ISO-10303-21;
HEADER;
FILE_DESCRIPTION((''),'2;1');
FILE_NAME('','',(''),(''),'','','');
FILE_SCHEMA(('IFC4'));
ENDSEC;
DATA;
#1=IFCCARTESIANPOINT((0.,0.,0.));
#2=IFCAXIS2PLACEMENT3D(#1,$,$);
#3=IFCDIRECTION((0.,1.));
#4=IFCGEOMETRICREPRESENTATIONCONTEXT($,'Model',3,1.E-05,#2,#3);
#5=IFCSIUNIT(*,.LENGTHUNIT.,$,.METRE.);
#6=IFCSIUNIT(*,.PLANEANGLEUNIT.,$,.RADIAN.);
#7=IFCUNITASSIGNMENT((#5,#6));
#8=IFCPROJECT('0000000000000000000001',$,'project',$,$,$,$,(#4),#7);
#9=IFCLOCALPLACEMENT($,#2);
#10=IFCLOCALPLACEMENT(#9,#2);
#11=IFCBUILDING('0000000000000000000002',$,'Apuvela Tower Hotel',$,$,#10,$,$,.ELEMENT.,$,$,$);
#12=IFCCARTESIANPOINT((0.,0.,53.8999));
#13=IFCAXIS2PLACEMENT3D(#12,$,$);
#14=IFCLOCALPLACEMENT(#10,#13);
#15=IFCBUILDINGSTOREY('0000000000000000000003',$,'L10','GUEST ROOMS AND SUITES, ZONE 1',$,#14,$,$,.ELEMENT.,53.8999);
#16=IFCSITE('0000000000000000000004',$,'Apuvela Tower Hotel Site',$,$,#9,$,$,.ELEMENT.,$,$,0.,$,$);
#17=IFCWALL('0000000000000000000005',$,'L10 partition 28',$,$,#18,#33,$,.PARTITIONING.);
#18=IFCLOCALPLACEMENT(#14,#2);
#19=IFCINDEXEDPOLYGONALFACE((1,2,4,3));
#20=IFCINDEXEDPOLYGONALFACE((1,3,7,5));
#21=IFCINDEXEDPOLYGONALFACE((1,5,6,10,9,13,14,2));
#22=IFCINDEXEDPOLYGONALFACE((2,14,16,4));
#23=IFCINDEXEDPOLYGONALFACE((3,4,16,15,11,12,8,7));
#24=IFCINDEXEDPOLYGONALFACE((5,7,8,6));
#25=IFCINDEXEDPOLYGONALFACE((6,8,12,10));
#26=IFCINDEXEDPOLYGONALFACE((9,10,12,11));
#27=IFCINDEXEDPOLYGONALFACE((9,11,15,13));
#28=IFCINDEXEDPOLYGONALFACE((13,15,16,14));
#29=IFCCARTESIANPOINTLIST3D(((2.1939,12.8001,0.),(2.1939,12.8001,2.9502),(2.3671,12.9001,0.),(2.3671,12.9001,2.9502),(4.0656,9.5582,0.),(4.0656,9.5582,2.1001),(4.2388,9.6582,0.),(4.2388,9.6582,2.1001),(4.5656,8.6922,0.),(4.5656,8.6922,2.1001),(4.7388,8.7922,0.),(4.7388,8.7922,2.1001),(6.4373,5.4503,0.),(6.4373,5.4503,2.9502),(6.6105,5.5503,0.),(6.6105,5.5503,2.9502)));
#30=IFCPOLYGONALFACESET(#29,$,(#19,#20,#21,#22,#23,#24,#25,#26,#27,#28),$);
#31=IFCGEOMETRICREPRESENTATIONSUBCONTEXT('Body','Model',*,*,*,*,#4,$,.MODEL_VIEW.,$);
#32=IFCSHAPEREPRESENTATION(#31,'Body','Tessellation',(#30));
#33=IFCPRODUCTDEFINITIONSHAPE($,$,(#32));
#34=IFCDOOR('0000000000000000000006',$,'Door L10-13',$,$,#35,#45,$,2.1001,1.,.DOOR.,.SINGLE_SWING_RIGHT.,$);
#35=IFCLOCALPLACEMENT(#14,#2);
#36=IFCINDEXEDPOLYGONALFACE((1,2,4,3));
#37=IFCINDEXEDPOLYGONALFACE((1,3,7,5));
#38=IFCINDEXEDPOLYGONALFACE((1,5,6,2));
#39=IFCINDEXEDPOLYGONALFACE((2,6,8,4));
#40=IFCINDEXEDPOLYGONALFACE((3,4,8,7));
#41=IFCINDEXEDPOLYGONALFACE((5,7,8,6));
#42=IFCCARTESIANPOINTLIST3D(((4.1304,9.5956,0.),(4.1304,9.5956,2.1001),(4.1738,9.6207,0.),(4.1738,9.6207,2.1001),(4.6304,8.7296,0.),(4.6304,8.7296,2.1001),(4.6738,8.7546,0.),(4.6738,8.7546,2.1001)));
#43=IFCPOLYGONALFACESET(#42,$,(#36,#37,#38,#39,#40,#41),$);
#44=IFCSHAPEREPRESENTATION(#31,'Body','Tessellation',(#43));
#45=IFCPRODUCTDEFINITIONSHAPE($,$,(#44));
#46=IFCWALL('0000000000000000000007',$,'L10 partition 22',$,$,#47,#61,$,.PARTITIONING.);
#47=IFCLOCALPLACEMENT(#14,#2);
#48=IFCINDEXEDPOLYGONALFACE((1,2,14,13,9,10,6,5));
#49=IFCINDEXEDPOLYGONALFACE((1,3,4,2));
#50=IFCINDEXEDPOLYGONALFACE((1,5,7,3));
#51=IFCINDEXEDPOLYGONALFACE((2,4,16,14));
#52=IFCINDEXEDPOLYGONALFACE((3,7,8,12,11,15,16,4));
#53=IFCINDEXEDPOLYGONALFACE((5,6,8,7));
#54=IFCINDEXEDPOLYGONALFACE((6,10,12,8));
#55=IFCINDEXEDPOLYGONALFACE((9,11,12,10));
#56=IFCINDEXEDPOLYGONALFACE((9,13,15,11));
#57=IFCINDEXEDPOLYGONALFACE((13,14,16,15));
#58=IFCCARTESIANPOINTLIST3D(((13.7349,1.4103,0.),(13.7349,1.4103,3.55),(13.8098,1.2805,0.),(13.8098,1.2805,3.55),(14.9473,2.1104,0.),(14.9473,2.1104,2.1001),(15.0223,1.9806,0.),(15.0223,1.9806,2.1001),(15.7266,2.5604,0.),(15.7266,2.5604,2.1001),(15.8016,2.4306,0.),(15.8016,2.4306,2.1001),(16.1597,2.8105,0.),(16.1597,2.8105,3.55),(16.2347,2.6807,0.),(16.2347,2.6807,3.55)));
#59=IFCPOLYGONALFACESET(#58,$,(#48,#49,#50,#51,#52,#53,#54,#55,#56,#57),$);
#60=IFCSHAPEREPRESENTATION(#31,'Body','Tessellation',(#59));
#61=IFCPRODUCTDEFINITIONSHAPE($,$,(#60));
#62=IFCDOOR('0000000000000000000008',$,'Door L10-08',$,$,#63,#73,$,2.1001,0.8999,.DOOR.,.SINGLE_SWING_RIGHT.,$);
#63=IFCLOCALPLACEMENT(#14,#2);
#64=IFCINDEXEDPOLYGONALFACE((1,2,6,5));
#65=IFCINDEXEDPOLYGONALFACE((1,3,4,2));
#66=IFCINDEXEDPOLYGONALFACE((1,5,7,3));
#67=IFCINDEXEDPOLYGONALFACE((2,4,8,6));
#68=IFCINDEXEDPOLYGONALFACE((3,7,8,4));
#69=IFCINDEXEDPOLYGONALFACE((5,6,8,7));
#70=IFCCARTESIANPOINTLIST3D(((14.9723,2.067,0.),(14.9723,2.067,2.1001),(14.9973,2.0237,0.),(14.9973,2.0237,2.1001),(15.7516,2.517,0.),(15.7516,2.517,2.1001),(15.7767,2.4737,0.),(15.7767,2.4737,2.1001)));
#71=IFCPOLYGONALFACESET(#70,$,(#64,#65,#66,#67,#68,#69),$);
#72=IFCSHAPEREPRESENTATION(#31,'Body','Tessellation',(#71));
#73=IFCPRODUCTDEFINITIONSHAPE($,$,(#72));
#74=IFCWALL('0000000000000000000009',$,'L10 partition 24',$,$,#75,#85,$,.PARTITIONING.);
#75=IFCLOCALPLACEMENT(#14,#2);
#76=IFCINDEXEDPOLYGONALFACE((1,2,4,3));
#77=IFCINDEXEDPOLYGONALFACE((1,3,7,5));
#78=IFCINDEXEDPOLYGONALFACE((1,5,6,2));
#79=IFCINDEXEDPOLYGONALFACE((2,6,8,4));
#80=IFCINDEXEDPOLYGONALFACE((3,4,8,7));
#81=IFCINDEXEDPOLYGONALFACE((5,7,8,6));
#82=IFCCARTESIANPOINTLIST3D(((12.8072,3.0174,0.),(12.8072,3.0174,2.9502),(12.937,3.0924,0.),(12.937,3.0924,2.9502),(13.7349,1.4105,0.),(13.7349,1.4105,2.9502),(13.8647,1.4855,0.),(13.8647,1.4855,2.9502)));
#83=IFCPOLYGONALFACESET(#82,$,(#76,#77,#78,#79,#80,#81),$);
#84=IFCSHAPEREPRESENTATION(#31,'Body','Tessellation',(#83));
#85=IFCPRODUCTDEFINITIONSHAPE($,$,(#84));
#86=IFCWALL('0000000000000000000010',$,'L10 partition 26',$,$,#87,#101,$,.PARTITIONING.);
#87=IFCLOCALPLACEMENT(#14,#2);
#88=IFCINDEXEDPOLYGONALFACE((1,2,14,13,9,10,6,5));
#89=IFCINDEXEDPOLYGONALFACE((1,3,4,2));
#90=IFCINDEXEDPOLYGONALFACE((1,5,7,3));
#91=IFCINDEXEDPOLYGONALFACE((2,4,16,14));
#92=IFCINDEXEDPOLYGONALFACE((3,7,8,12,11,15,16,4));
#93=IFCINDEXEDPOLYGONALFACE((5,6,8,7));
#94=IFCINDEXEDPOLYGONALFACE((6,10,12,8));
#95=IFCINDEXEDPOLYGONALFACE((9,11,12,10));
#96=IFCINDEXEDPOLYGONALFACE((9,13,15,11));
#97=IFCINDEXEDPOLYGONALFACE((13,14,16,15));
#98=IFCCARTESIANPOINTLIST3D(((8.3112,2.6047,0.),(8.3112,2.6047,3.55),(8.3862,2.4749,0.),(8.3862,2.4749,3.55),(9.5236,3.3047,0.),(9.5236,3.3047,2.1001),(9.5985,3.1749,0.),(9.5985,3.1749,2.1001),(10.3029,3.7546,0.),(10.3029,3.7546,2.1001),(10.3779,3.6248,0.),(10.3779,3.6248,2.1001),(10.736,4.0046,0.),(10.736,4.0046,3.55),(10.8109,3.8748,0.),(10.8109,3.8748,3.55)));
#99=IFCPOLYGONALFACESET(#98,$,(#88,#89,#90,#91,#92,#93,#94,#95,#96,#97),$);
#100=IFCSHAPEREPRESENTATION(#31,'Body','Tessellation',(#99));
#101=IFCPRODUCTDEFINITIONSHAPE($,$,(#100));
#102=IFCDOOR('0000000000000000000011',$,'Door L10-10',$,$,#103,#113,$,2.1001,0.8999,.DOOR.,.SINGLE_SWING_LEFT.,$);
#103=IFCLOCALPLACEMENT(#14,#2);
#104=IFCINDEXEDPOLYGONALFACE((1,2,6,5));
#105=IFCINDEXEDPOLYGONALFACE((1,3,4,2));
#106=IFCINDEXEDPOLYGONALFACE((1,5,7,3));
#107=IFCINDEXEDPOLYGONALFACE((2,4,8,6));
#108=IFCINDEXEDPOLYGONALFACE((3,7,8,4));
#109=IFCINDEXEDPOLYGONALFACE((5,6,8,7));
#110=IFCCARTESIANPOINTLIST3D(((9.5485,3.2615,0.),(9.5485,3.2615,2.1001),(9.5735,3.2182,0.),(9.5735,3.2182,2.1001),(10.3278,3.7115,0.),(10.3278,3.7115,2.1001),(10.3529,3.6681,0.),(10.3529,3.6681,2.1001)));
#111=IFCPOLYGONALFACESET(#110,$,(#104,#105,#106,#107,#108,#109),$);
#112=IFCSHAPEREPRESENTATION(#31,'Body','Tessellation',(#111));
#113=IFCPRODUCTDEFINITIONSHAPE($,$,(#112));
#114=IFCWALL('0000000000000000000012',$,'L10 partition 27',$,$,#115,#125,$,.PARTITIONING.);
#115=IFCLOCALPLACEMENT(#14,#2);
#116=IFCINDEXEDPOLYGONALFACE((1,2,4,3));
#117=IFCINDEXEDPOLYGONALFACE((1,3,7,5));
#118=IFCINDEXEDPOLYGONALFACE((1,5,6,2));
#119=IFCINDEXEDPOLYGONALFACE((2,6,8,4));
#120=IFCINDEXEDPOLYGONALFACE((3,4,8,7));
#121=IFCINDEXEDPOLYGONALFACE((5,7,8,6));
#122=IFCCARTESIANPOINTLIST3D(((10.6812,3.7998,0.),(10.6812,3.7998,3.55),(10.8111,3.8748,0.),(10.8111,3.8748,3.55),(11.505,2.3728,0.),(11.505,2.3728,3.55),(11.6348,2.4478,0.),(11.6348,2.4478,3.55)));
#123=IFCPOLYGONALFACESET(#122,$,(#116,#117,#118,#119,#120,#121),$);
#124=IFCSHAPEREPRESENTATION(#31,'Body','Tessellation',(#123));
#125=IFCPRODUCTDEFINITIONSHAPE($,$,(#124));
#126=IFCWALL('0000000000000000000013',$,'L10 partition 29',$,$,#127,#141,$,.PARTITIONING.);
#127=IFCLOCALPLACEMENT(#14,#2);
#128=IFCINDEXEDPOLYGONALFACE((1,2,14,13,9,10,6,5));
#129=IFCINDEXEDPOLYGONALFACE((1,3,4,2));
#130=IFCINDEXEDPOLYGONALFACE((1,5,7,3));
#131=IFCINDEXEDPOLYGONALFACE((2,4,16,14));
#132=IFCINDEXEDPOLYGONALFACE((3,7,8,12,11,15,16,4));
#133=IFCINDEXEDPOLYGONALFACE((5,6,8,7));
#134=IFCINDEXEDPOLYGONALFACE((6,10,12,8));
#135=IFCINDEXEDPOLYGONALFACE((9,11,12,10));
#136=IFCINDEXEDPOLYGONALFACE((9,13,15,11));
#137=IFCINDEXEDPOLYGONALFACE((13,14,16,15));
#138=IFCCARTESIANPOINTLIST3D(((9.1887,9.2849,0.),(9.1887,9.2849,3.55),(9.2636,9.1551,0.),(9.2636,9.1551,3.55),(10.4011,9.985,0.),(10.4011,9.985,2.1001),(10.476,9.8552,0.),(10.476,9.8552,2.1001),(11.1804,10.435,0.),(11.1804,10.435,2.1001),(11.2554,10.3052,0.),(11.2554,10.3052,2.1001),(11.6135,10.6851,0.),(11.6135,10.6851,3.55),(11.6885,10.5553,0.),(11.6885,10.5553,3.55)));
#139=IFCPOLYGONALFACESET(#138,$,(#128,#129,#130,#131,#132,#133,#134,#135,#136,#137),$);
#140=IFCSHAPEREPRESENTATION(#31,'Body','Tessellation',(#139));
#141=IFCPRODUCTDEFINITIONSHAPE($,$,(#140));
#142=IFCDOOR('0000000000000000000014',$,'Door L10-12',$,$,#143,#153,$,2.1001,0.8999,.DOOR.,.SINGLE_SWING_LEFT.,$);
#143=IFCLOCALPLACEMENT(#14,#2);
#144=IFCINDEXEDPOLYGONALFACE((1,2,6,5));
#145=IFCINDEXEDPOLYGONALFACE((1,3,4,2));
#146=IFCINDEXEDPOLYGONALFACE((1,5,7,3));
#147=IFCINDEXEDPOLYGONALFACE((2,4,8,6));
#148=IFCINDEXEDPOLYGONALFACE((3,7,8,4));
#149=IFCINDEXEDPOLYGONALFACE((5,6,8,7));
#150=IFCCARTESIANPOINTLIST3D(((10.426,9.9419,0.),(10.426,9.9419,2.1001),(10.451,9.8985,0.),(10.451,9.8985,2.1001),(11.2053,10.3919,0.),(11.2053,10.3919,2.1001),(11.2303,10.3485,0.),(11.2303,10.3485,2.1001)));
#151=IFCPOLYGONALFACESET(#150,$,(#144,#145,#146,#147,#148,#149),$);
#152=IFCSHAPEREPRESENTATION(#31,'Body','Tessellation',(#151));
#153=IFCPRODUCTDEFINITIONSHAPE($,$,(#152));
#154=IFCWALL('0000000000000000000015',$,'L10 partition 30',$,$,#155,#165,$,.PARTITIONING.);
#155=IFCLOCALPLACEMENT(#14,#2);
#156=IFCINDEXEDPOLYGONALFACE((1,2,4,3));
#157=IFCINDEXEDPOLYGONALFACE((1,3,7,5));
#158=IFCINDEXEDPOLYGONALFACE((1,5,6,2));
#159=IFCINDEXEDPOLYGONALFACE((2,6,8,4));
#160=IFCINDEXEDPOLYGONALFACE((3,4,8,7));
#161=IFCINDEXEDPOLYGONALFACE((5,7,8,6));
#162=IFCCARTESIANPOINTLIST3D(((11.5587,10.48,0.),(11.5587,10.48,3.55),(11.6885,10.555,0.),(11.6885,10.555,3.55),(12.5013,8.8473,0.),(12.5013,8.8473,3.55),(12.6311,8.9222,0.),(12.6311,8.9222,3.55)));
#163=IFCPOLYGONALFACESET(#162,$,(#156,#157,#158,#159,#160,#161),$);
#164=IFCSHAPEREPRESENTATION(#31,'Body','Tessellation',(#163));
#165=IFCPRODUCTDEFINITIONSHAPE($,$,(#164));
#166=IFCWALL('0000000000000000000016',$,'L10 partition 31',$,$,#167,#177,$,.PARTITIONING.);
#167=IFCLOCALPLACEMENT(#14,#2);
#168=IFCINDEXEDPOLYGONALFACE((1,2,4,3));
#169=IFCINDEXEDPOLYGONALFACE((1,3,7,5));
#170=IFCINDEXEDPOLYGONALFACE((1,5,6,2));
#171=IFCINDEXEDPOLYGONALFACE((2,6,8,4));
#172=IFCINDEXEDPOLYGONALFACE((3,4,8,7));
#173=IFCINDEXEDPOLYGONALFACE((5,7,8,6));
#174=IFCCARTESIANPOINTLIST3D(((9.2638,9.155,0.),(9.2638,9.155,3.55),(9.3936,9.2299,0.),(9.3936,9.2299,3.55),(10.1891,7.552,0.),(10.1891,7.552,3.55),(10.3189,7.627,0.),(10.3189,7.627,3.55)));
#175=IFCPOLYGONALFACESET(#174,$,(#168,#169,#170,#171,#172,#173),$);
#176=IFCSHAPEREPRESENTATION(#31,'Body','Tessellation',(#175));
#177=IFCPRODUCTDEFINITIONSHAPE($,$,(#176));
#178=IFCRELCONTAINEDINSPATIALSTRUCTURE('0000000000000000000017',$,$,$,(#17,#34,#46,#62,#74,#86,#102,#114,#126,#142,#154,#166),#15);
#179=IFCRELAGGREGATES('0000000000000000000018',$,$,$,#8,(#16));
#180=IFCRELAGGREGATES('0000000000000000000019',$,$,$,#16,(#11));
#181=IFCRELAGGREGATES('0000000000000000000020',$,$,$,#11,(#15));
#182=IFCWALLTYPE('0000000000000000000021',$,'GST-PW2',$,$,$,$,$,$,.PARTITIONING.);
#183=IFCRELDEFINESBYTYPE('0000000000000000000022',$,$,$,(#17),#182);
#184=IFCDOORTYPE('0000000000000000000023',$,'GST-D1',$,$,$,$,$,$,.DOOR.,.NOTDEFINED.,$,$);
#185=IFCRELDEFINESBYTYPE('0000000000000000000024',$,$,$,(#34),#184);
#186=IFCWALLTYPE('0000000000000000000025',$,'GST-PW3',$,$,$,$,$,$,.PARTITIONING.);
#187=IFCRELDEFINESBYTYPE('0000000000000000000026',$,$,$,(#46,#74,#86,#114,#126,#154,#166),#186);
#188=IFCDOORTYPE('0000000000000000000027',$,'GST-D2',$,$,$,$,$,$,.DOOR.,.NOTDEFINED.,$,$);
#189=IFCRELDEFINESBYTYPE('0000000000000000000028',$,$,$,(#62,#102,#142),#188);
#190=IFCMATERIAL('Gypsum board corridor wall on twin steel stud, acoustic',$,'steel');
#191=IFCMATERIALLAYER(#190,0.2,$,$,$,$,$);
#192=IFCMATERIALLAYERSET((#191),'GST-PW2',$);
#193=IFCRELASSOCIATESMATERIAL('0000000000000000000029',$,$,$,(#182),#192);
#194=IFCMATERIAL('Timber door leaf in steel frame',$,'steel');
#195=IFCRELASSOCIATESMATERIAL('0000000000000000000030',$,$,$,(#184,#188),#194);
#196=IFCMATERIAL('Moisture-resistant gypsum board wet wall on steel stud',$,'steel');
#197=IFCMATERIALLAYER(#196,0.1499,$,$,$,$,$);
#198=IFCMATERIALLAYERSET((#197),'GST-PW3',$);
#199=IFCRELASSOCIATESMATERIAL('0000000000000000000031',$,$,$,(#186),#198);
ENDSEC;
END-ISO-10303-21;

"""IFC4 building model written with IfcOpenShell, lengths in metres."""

from ifc_helpers import new_model, si_unit, direction, frame, frame_2d, origin, place, context, subcontext, project, spatial, rectangle, extrude, material, layer, layer_set, type_object, element, fill, save


model = new_model("IFC4")

# Units and contexts
model_context = context("Model", 3, precision=1e-05, world=origin(), true_north=direction((0.0, 1.0)))
body_context = subcontext(model_context, "Body", "Model", "MODEL_VIEW")
ifc_project = project(units=[si_unit("LENGTHUNIT", "METRE"), si_unit("PLANEANGLEUNIT", "RADIAN")], contexts=[model_context])

# Site, building, storey
site_placement = place(None, origin())
site = spatial("IfcSite", under=ifc_project, at=site_placement, Name="Apuvela Tower Hotel Site", CompositionType="ELEMENT", RefElevation=0.0)
building_placement = place(site_placement, origin())
building = spatial("IfcBuilding", under=site, at=building_placement, Name="Apuvela Tower Hotel", CompositionType="ELEMENT")
storey_placement = place(building_placement, frame((0.0, 0.0, 53.8999)))
storey = spatial("IfcBuildingStorey", under=building, at=storey_placement, Name="L10", Description="GUEST ROOMS AND SUITES, ZONE 1", CompositionType="ELEMENT", Elevation=53.8999)

# Walls, openings, doors
ifc_material_1 = material(Name="Gypsum board corridor wall on twin steel stud, acoustic", Category="steel")
ifc_layer_1 = layer(ifc_material_1, 0.2)
ifc_layer_set_1 = layer_set([ifc_layer_1], Name="GST-PW2")
wall_type_1 = type_object("IfcWallType", Name="GST-PW2", PredefinedType="PARTITIONING", material=ifc_layer_set_1)
ifc_material_2 = material(Name="Timber door leaf in steel frame", Category="steel")
door_type_1 = type_object("IfcDoorType", Name="GST-D1", OperationType="NOTDEFINED", PredefinedType="DOOR", material=ifc_material_2)
wall_1_placement = place(storey_placement, frame((2.2805, 12.8501, 0.0), z_axis=(0.0, 0.0, 1.0), x_axis=(0.499997, -0.866027, 0.0)))
wall_1 = element("IfcWall", 1, at=wall_1_placement, inside=storey, type_object=wall_type_1, Name="L10 partition 28", PredefinedType="PARTITIONING", context=body_context, shape_type="SweptSolid", body=[
    extrude(rectangle(XDim=8.4868, YDim=0.2, at=frame_2d((4.2434, 0.0))), origin(), (0.0, 0.0, 1.0), 2.9502),
])
opening_1_placement = place(wall_1_placement, frame((3.7434, 0.0, 0.0)))
opening_1 = element("IfcOpeningElement", 2, at=opening_1_placement, cuts=wall_1, PredefinedType="OPENING", context=body_context, shape_type="SweptSolid", body=[
    extrude(rectangle(XDim=1.0, YDim=2.1001, at=frame_2d((0.5, 1.05))), frame((0.0, 0.1099, 0.0), z_axis=(0.0, -1.0, 0.0), x_axis=(1.0, 0.0, 0.0)), (0.0, 0.0, 1.0), 0.22),
])
door_1_placement = place(opening_1_placement, origin())
door_1 = element("IfcDoor", 3, at=door_1_placement, inside=storey, type_object=door_type_1, Name="Door L10-13", OperationType="SINGLE_SWING_RIGHT", OverallHeight=2.1001, OverallWidth=1.0, PredefinedType="DOOR", context=body_context, shape_type="SweptSolid", body=[
    extrude(rectangle(XDim=1.0, YDim=2.1001, at=frame_2d((0.5, 1.05))), frame((0.0, 0.0249, 0.0), z_axis=(0.0, -1.0, 0.0), x_axis=(1.0, 0.0, 0.0)), (0.0, 0.0, 1.0), 0.05),
])
fill(opening_1, door_1)
ifc_material_3 = material(Name="Moisture-resistant gypsum board wet wall on steel stud", Category="steel")
ifc_layer_2 = layer(ifc_material_3, 0.1499)
ifc_layer_set_2 = layer_set([ifc_layer_2], Name="GST-PW3")
wall_type_2 = type_object("IfcWallType", Name="GST-PW3", PredefinedType="PARTITIONING", material=ifc_layer_set_2)
wall_2_placement = place(storey_placement, frame((13.7725, 1.3455, 0.0), z_axis=(0.0, 0.0, 1.0), x_axis=(0.865997, 0.50005, 0.0)))
wall_2 = element("IfcWall", 4, at=wall_2_placement, inside=storey, type_object=wall_type_2, Name="L10 partition 22", PredefinedType="PARTITIONING", context=body_context, shape_type="SweptSolid", body=[
    extrude(rectangle(XDim=2.8, YDim=0.1499, at=frame_2d((1.3999, 0.0))), origin(), (0.0, 0.0, 1.0), 3.55),
])
opening_2_placement = place(wall_2_placement, frame((1.3999, 0.0, 0.0)))
opening_2 = element("IfcOpeningElement", 5, at=opening_2_placement, cuts=wall_2, PredefinedType="OPENING", context=body_context, shape_type="SweptSolid", body=[
    extrude(rectangle(XDim=0.8999, YDim=2.1001, at=frame_2d((0.45, 1.05))), frame((0.0, 0.085, 0.0), z_axis=(0.0, -1.0, 0.0), x_axis=(1.0, 0.0, 0.0)), (0.0, 0.0, 1.0), 0.1699),
])
door_type_2 = type_object("IfcDoorType", Name="GST-D2", OperationType="NOTDEFINED", PredefinedType="DOOR", material=ifc_material_2)
door_2_placement = place(opening_2_placement, origin())
door_2 = element("IfcDoor", 6, at=door_2_placement, inside=storey, type_object=door_type_2, Name="Door L10-08", OperationType="SINGLE_SWING_RIGHT", OverallHeight=2.1001, OverallWidth=0.8999, PredefinedType="DOOR", context=body_context, shape_type="SweptSolid", body=[
    extrude(rectangle(XDim=0.8999, YDim=2.1001, at=frame_2d((0.45, 1.05))), frame((0.0, 0.0249, 0.0), z_axis=(0.0, -1.0, 0.0), x_axis=(1.0, 0.0, 0.0)), (0.0, 0.0, 1.0), 0.05),
])
fill(opening_2, door_2)

# Wall
wall_3_placement = place(storey_placement, frame((13.7998, 1.448, 0.0), z_axis=(0.0, 0.0, 1.0), x_axis=(-0.499988, 0.866032, 0.0)))
element("IfcWall", 7, at=wall_3_placement, inside=storey, type_object=wall_type_2, Name="L10 partition 24", PredefinedType="PARTITIONING", context=body_context, shape_type="SweptSolid", body=[
    extrude(rectangle(XDim=1.8555, YDim=0.1499, at=frame_2d((0.9277, 0.0))), origin(), (0.0, 0.0, 1.0), 2.9502),
])

# Wall, opening, door
wall_4_placement = place(storey_placement, frame((10.7734, 3.9397, 0.0), z_axis=(0.0, 0.0, 1.0), x_axis=(-0.866035, -0.499984, 0.0)))
wall_4 = element("IfcWall", 8, at=wall_4_placement, inside=storey, type_object=wall_type_2, Name="L10 partition 26", PredefinedType="PARTITIONING", context=body_context, shape_type="SweptSolid", body=[
    extrude(rectangle(XDim=2.7998, YDim=0.1499, at=frame_2d((1.3999, 0.0))), origin(), (0.0, 0.0, 1.0), 3.55),
])
opening_3_placement = place(wall_4_placement, frame((0.5, 0.0, 0.0)))
opening_3 = element("IfcOpeningElement", 9, at=opening_3_placement, cuts=wall_4, PredefinedType="OPENING", context=body_context, shape_type="SweptSolid", body=[
    extrude(rectangle(XDim=0.8999, YDim=2.1001, at=frame_2d((0.45, 1.05))), frame((0.0, 0.085, 0.0), z_axis=(0.0, -1.0, 0.0), x_axis=(1.0, 0.0, 0.0)), (0.0, 0.0, 1.0), 0.1699),
])
door_3_placement = place(opening_3_placement, origin())
door_3 = element("IfcDoor", 10, at=door_3_placement, inside=storey, type_object=door_type_2, Name="Door L10-10", OperationType="SINGLE_SWING_LEFT", OverallHeight=2.1001, OverallWidth=0.8999, PredefinedType="DOOR", context=body_context, shape_type="SweptSolid", body=[
    extrude(rectangle(XDim=0.8999, YDim=2.1001, at=frame_2d((0.45, 1.05))), frame((0.0, 0.0249, 0.0), z_axis=(0.0, -1.0, 0.0), x_axis=(1.0, 0.0, 0.0)), (0.0, 0.0, 1.0), 0.05),
])
fill(opening_3, door_3)

# Wall
wall_5_placement = place(storey_placement, frame((11.5698, 2.4104, 0.0), z_axis=(0.0, 0.0, 1.0), x_axis=(-0.499932, 0.866065, 0.0)))
element("IfcWall", 11, at=wall_5_placement, inside=storey, type_object=wall_type_2, Name="L10 partition 27", PredefinedType="PARTITIONING", context=body_context, shape_type="SweptSolid", body=[
    extrude(rectangle(XDim=1.6477, YDim=0.1499, at=frame_2d((0.8237, 0.0))), origin(), (0.0, 0.0, 1.0), 3.55),
])

# Wall, opening, door
wall_6_placement = place(storey_placement, frame((11.6509, 10.6201, 0.0), z_axis=(0.0, 0.0, 1.0), x_axis=(-0.865997, -0.50005, 0.0)))
wall_6 = element("IfcWall", 12, at=wall_6_placement, inside=storey, type_object=wall_type_2, Name="L10 partition 29", PredefinedType="PARTITIONING", context=body_context, shape_type="SweptSolid", body=[
    extrude(rectangle(XDim=2.8, YDim=0.1499, at=frame_2d((1.3999, 0.0))), origin(), (0.0, 0.0, 1.0), 3.55),
])
opening_4_placement = place(wall_6_placement, frame((0.5, 0.0, 0.0)))
opening_4 = element("IfcOpeningElement", 13, at=opening_4_placement, cuts=wall_6, PredefinedType="OPENING", context=body_context, shape_type="SweptSolid", body=[
    extrude(rectangle(XDim=0.8999, YDim=2.1001, at=frame_2d((0.45, 1.05))), frame((0.0, 0.085, 0.0), z_axis=(0.0, -1.0, 0.0), x_axis=(1.0, 0.0, 0.0)), (0.0, 0.0, 1.0), 0.1699),
])
door_4_placement = place(opening_4_placement, origin())
door_4 = element("IfcDoor", 14, at=door_4_placement, inside=storey, type_object=door_type_2, Name="Door L10-12", OperationType="SINGLE_SWING_LEFT", OverallHeight=2.1001, OverallWidth=0.8999, PredefinedType="DOOR", context=body_context, shape_type="SweptSolid", body=[
    extrude(rectangle(XDim=0.8999, YDim=2.1001, at=frame_2d((0.45, 1.05))), frame((0.0, 0.0249, 0.0), z_axis=(0.0, -1.0, 0.0), x_axis=(1.0, 0.0, 0.0)), (0.0, 0.0, 1.0), 0.05),
])
fill(opening_4, door_4)

# Walls
wall_7_placement = place(storey_placement, frame((12.5662, 8.8848, 0.0), z_axis=(0.0, 0.0, 1.0), x_axis=(-0.499969, 0.866043, 0.0)))
element("IfcWall", 15, at=wall_7_placement, inside=storey, type_object=wall_type_2, Name="L10 partition 30", PredefinedType="PARTITIONING", context=body_context, shape_type="SweptSolid", body=[
    extrude(rectangle(XDim=1.8853, YDim=0.1499, at=frame_2d((0.9426, 0.0))), origin(), (0.0, 0.0, 1.0), 3.55),
])
wall_8_placement = place(storey_placement, frame((10.2539, 7.5896, 0.0), z_axis=(0.0, 0.0, 1.0), x_axis=(-0.499913, 0.866076, 0.0)))
element("IfcWall", 16, at=wall_8_placement, inside=storey, type_object=wall_type_2, Name="L10 partition 31", PredefinedType="PARTITIONING", context=body_context, shape_type="SweptSolid", body=[
    extrude(rectangle(XDim=1.8508, YDim=0.1499, at=frame_2d((0.9253, 0.0))), origin(), (0.0, 0.0, 1.0), 3.55),
])

save(model, "model.ifc")
